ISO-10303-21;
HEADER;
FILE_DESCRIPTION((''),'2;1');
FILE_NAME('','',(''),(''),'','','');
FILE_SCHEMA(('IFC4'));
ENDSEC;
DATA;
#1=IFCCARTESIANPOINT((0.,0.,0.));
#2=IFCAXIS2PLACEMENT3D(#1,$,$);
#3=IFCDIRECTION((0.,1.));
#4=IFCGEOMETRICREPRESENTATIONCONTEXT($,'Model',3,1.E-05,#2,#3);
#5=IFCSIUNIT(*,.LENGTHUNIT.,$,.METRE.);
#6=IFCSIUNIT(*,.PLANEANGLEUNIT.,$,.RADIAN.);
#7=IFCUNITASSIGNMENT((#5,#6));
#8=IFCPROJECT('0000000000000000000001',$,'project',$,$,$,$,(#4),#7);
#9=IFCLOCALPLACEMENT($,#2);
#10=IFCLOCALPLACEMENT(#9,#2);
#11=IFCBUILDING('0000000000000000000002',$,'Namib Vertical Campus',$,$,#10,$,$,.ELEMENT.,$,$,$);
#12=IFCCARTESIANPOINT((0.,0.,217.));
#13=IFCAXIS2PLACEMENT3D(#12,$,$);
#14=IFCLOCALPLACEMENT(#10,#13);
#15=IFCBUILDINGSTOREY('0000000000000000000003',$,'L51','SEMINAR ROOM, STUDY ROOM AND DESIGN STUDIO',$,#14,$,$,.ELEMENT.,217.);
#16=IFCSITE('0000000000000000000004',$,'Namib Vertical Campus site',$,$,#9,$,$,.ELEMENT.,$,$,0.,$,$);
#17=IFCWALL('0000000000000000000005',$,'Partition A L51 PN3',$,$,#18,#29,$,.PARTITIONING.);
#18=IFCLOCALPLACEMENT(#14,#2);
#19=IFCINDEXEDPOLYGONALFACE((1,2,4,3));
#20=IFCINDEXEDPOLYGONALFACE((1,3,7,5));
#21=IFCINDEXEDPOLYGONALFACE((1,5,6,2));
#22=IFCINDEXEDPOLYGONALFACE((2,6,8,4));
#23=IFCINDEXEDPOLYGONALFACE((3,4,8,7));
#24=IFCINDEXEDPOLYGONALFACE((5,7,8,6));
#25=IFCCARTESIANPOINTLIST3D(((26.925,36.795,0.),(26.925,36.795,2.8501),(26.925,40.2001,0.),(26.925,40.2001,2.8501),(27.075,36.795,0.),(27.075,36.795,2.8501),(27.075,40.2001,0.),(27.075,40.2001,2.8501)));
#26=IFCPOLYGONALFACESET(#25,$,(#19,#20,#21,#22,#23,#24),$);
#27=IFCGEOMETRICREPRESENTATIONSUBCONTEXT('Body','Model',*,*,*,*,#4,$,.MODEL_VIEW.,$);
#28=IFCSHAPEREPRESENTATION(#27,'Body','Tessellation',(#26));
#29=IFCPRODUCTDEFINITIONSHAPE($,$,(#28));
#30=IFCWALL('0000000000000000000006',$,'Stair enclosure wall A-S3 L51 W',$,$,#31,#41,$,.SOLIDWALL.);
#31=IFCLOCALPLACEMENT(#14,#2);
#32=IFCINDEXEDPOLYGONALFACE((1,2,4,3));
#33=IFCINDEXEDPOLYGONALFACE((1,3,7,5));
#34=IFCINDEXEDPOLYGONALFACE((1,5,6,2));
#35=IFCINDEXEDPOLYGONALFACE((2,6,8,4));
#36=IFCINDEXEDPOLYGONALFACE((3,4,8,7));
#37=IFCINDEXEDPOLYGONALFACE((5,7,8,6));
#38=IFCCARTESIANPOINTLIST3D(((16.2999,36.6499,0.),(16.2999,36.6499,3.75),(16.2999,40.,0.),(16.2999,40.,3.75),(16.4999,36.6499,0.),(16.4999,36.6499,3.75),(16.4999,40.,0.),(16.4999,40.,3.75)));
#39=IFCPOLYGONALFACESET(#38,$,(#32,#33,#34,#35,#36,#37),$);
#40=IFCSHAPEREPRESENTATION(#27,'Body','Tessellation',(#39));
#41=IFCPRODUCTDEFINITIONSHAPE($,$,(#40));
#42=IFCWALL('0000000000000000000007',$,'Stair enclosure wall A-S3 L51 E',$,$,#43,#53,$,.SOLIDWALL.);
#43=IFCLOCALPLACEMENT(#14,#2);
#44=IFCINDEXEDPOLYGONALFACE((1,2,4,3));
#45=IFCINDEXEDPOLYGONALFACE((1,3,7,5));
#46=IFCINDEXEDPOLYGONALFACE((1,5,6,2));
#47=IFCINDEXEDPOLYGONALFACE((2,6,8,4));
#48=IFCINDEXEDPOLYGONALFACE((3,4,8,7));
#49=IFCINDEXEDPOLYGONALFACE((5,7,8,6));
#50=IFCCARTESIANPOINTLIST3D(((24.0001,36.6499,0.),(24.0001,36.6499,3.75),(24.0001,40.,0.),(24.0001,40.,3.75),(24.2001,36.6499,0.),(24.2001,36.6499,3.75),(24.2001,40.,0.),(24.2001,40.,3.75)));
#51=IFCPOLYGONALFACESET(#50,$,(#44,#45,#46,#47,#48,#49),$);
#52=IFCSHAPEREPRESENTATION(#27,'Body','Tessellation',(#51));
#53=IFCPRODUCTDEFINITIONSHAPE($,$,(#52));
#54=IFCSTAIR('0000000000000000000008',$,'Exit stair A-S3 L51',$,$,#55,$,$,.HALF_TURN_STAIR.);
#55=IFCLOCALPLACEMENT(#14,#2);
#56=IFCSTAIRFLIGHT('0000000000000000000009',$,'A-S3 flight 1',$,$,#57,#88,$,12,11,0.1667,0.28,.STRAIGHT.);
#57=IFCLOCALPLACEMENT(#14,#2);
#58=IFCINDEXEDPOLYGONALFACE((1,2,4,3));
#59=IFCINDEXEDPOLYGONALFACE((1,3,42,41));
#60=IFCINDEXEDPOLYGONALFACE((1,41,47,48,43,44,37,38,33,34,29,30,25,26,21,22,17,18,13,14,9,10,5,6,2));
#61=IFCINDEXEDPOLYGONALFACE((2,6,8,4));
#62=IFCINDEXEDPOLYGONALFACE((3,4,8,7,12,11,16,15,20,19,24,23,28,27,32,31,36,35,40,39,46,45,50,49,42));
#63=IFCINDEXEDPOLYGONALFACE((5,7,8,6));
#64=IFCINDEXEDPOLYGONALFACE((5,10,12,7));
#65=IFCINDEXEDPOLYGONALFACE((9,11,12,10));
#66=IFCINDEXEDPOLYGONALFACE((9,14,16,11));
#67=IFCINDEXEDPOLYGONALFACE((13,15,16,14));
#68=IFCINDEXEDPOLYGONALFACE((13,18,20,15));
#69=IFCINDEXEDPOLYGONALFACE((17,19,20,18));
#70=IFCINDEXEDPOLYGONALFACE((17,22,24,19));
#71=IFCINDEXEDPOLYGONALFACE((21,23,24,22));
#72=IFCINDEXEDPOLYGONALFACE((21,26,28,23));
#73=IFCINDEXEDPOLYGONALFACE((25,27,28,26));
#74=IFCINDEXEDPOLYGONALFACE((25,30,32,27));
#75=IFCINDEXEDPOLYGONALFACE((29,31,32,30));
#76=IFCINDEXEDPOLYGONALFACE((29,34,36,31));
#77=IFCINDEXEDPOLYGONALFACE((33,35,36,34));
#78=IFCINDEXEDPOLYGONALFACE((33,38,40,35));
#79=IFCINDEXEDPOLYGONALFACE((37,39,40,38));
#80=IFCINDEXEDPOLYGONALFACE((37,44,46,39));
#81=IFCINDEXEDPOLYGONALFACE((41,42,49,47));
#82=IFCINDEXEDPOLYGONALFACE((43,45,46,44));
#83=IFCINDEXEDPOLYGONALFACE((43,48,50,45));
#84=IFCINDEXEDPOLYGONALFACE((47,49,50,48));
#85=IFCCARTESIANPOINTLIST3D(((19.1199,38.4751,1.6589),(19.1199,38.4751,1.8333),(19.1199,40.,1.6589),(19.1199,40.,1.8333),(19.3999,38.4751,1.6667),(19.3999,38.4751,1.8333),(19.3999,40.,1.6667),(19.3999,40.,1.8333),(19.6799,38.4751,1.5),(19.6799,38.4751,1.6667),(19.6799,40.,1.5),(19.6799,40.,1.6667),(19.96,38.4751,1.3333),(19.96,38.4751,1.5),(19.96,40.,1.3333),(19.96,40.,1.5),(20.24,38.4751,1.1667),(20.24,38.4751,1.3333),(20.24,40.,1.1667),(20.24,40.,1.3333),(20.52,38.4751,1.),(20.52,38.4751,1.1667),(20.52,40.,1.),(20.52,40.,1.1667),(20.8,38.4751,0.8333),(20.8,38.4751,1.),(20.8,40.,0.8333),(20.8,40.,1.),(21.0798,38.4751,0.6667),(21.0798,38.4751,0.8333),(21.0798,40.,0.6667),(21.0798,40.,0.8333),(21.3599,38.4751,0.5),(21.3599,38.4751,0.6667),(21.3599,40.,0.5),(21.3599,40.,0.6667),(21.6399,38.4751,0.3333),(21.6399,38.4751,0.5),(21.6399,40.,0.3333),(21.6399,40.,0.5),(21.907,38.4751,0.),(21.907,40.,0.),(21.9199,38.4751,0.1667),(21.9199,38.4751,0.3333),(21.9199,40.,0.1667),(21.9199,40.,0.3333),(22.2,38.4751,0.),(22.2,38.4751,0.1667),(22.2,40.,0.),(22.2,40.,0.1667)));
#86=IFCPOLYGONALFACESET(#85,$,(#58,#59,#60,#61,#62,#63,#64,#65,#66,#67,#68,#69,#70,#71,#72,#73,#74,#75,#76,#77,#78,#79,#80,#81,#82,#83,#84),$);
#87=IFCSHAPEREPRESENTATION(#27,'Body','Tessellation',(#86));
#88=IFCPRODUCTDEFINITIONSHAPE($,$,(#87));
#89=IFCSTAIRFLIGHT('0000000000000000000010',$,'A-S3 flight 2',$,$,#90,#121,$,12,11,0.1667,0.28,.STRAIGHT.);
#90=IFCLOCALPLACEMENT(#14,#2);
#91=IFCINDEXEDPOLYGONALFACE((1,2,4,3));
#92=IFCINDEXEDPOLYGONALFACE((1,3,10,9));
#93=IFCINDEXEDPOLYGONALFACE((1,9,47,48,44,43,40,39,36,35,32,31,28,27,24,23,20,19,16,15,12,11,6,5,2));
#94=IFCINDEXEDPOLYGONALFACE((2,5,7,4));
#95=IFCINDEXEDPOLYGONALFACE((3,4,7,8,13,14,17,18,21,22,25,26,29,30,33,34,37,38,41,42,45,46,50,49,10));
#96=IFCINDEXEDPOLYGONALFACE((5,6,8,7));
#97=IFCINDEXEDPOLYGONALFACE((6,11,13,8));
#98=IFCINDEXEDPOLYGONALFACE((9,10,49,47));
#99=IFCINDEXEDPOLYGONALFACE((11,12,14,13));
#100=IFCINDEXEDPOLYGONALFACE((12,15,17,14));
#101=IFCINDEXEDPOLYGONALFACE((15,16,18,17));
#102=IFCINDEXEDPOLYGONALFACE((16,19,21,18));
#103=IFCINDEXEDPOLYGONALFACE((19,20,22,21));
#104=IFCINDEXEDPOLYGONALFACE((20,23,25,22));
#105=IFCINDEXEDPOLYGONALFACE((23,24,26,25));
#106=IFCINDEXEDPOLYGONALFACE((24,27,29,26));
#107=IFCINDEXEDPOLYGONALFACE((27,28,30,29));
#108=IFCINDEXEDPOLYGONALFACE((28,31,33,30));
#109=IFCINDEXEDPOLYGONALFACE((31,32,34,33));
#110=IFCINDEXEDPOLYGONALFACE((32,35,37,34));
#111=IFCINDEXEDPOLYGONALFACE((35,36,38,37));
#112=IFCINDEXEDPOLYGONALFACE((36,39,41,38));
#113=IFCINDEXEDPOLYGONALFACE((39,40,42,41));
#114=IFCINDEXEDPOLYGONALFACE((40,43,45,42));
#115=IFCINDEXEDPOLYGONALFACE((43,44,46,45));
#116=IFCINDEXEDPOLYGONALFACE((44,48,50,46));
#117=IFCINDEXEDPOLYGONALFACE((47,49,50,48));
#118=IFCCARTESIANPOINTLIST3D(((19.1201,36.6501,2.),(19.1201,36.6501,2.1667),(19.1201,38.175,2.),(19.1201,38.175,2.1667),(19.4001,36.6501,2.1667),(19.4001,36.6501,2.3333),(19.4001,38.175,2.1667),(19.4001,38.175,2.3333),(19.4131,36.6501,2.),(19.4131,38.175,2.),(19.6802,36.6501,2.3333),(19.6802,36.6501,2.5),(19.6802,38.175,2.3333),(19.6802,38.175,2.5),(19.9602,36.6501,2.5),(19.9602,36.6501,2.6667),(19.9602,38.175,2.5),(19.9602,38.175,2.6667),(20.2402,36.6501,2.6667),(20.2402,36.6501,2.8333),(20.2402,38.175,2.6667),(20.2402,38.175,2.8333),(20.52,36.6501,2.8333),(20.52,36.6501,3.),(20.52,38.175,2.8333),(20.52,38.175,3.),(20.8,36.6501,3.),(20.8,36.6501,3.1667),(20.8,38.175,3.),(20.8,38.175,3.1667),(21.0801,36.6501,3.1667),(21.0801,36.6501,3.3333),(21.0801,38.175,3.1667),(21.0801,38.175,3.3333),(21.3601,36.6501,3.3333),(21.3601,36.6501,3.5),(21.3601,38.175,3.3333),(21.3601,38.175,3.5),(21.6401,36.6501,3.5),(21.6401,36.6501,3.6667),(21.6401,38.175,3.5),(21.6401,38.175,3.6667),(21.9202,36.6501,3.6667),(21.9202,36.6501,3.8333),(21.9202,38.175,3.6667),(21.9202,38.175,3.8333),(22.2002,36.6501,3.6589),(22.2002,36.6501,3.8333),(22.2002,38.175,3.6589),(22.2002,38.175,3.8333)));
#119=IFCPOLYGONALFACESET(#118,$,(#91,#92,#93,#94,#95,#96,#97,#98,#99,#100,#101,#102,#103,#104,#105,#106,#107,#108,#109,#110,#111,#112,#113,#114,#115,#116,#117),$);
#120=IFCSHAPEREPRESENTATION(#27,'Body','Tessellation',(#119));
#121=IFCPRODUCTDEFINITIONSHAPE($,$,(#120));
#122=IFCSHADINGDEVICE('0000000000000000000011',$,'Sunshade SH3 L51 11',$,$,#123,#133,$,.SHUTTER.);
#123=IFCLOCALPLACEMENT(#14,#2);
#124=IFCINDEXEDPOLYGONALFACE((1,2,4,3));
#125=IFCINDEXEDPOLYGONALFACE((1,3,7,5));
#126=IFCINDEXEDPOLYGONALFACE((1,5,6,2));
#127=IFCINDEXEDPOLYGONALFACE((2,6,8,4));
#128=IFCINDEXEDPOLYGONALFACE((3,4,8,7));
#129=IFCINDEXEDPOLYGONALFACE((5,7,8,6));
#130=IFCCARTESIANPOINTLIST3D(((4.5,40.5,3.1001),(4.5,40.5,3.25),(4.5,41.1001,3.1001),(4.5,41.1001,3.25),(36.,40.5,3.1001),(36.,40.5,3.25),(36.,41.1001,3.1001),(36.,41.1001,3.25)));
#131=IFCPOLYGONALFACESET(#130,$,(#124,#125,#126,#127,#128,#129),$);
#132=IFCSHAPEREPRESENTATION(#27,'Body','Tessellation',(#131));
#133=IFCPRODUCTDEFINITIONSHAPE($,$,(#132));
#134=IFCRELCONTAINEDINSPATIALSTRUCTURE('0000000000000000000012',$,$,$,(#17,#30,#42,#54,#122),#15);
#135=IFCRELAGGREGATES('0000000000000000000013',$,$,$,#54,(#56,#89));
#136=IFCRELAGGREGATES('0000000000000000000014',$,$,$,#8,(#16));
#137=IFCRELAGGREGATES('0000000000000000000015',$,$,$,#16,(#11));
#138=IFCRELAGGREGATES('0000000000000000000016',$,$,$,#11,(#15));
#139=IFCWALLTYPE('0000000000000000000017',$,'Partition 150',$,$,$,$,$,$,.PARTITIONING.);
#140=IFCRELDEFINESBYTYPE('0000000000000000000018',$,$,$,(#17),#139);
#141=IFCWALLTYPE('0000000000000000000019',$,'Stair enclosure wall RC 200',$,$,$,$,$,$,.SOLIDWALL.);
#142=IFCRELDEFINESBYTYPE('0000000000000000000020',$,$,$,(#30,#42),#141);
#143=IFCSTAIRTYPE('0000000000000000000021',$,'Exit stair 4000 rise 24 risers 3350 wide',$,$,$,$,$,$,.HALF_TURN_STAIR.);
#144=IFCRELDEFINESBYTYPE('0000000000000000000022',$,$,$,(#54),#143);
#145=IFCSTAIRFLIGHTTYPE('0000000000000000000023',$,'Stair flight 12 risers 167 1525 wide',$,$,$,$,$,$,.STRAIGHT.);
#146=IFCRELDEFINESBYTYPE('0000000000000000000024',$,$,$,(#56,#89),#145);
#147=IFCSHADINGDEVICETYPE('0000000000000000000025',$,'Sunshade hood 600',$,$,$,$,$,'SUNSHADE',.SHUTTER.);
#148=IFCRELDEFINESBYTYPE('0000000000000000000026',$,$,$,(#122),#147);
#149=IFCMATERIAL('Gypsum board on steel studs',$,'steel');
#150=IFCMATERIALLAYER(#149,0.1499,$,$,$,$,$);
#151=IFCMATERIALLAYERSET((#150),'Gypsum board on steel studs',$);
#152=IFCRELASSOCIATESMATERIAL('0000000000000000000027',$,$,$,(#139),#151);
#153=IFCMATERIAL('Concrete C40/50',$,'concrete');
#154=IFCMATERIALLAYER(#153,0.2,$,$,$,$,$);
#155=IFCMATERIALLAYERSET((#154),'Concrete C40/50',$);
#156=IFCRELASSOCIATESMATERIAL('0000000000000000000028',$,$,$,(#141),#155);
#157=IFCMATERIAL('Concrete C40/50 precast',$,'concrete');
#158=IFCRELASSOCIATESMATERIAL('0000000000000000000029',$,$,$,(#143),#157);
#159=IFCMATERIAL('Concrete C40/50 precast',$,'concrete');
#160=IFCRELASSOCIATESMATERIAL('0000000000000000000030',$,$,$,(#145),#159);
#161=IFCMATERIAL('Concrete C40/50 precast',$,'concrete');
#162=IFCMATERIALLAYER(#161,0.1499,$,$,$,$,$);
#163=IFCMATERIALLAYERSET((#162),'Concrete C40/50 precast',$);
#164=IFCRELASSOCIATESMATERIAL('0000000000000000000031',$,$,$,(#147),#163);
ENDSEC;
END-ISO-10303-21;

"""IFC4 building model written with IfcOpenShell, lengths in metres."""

from ifc_helpers import new_model, si_unit, direction, frame, frame_2d, origin, origin_2d, place, context, subcontext, project, spatial, polyline, rectangle, outline, extrude, material, layer, layer_set, type_object, element, aggregate, save


model = new_model("IFC4")

# Units and contexts
model_context = context("Model", 3, precision=1e-05, world=origin(), true_north=direction((0.0, 1.0)))
body_context = subcontext(model_context, "Body", "Model", "MODEL_VIEW")
ifc_project = project(units=[si_unit("LENGTHUNIT", "METRE"), si_unit("PLANEANGLEUNIT", "RADIAN")], contexts=[model_context])

# Site, building, storey
site_placement = place(None, origin())
site = spatial("IfcSite", under=ifc_project, at=site_placement, Name="Namib Vertical Campus site", CompositionType="ELEMENT", RefElevation=0.0)
building_placement = place(site_placement, origin())
building = spatial("IfcBuilding", under=site, at=building_placement, Name="Namib Vertical Campus", CompositionType="ELEMENT")
storey_placement = place(building_placement, frame((0.0, 0.0, 217.0)))
storey = spatial("IfcBuildingStorey", under=building, at=storey_placement, Name="L51", Description="SEMINAR ROOM, STUDY ROOM AND DESIGN STUDIO", CompositionType="ELEMENT", Elevation=217.0)

# Walls
ifc_material_1 = material(Name="Gypsum board on steel studs", Category="steel")
ifc_layer_1 = layer(ifc_material_1, 0.1499)
ifc_layer_set_1 = layer_set([ifc_layer_1], Name="Gypsum board on steel studs")
wall_type_1 = type_object("IfcWallType", Name="Partition 150", PredefinedType="PARTITIONING", material=ifc_layer_set_1)
wall_1_placement = place(storey_placement, frame((27.0, 36.7949, 0.0), z_axis=(0.0, 0.0, 1.0), x_axis=(0.0, 1.0, 0.0)))
element("IfcWall", 1, at=wall_1_placement, inside=storey, type_object=wall_type_1, Name="Partition A L51 PN3", PredefinedType="PARTITIONING", context=body_context, shape_type="SweptSolid", body=[
    extrude(rectangle(XDim=3.405, YDim=0.1499, at=frame_2d((1.7026, 0.0))), origin(), (0.0, 0.0, 1.0), 2.8501),
])
ifc_material_2 = material(Name="Concrete C40/50", Category="concrete")
ifc_layer_2 = layer(ifc_material_2, 0.2)
ifc_layer_set_2 = layer_set([ifc_layer_2], Name="Concrete C40/50")
wall_type_2 = type_object("IfcWallType", Name="Stair enclosure wall RC 200", PredefinedType="SOLIDWALL", material=ifc_layer_set_2)
for number, where, z_axis, x_axis, name in (
    (2, (16.3999, 36.6499, 0.0), (0.0, 0.0, 1.0), (0.0, 1.0, 0.0), "Stair enclosure wall A-S3 L51 W"),
    (3, (24.1001, 36.6499, 0.0), (0.0, 0.0, 1.0), (0.0, 1.0, 0.0), "Stair enclosure wall A-S3 L51 E"),
):
    element("IfcWall", number, at=place(storey_placement, frame(where, z_axis=z_axis, x_axis=x_axis)), inside=storey, type_object=wall_type_2, Name=name, PredefinedType="SOLIDWALL", context=body_context, shape_type="SweptSolid", body=[
        extrude(rectangle(XDim=3.3501, YDim=0.2, at=frame_2d((1.675, 0.0))), origin(), (0.0, 0.0, 1.0), 3.75),
    ])

# Stair, stair flights
ifc_material_3 = material(Name="Concrete C40/50 precast", Category="concrete")
stair_type = type_object("IfcStairType", Name="Exit stair 4000 rise 24 risers 3350 wide", PredefinedType="HALF_TURN_STAIR", material=ifc_material_3)
stair_placement = place(storey_placement, origin())
stair = element("IfcStair", 4, at=stair_placement, inside=storey, type_object=stair_type, Name="Exit stair A-S3 L51", PredefinedType="HALF_TURN_STAIR")
ifc_material_4 = material(Name="Concrete C40/50 precast", Category="concrete")
stair_flight_type = type_object("IfcStairFlightType", Name="Stair flight 12 risers 167 1525 wide", PredefinedType="STRAIGHT", material=ifc_material_4)
stair_flight_1_placement = place(storey_placement, frame((22.2, 39.2375, 0.0), z_axis=(0.0, 0.0, 1.0), x_axis=(-1.0, 0.0, 0.0)))
stair_flight_1 = element("IfcStairFlight", 5, at=stair_flight_1_placement, type_object=stair_flight_type, Name="A-S3 flight 1", NumberOfRisers=12, NumberOfTreads=11, PredefinedType="STRAIGHT", RiserHeight=0.1667, TreadLength=0.28, context=body_context, shape_type="SweptSolid", body=[
    extrude(outline(polyline([(0.0, 0.0), (0.0, 0.1667), (0.28, 0.1667), (0.28, 0.3333), (0.5601, 0.3333), (0.5601, 0.5), (0.8401, 0.5), (0.8401, 0.6667), (1.1201, 0.6667), (1.1201, 0.8333), (1.3999, 0.8333), (1.3999, 1.0), (1.6799, 1.0), (1.6799, 1.1667), (1.96, 1.1667), (1.96, 1.3333), (2.24, 1.3333), (2.24, 1.5), (2.52, 1.5), (2.52, 1.6667), (2.8, 1.6667), (2.8, 1.8333), (3.0801, 1.8333), (3.0801, 2.0), (3.0801, 1.6589), (0.293, 0.0), (0.0, 0.0)])), frame((0.0, 0.7625, 0.0), z_axis=(0.0, -1.0, 0.0), x_axis=(1.0, 0.0, 0.0)), (0.0, 0.0, 1.0), 1.5249),
])
stair_flight_2_placement = place(storey_placement, frame((19.1201, 37.4126, 2.0), z_axis=(0.0, 0.0, 1.0), x_axis=(1.0, 0.0, 0.0)))
stair_flight_2 = element("IfcStairFlight", 6, at=stair_flight_2_placement, type_object=stair_flight_type, Name="A-S3 flight 2", NumberOfRisers=12, NumberOfTreads=11, PredefinedType="STRAIGHT", RiserHeight=0.1667, TreadLength=0.28, context=body_context, shape_type="SweptSolid", body=[
    extrude(outline(polyline([(0.0, 0.0), (0.0, 0.1667), (0.28, 0.1667), (0.28, 0.3333), (0.5601, 0.3333), (0.5601, 0.5), (0.8401, 0.5), (0.8401, 0.6667), (1.1201, 0.6667), (1.1201, 0.8333), (1.3999, 0.8333), (1.3999, 1.0), (1.6799, 1.0), (1.6799, 1.1667), (1.96, 1.1667), (1.96, 1.3333), (2.24, 1.3333), (2.24, 1.5), (2.52, 1.5), (2.52, 1.6667), (2.8, 1.6667), (2.8, 1.8333), (3.0801, 1.8333), (3.0801, 2.0), (3.0801, 1.6589), (0.293, 0.0), (0.0, 0.0)])), frame((0.0, 0.7625, 0.0), z_axis=(0.0, -1.0, 0.0), x_axis=(1.0, 0.0, 0.0)), (0.0, 0.0, 1.0), 1.5249),
])
aggregate(stair, [stair_flight_1, stair_flight_2])

# Shading device
ifc_material_5 = material(Name="Concrete C40/50 precast", Category="concrete")
ifc_layer_3 = layer(ifc_material_5, 0.1499)
ifc_layer_set_3 = layer_set([ifc_layer_3], Name="Concrete C40/50 precast")
shading_device_type = type_object("IfcShadingDeviceType", Name="Sunshade hood 600", ElementType="SUNSHADE", PredefinedType="SHUTTER", material=ifc_layer_set_3)
shading_device_placement = place(storey_placement, frame((20.25, 40.8, 3.1001), z_axis=(0.0, 0.0, 1.0), x_axis=(-1.0, 0.0, 0.0)))
element("IfcShadingDevice", 7, at=shading_device_placement, inside=storey, type_object=shading_device_type, Name="Sunshade SH3 L51 11", PredefinedType="SHUTTER", context=body_context, shape_type="SweptSolid", body=[
    extrude(rectangle(XDim=31.5, YDim=0.6001, at=origin_2d()), origin(), (0.0, 0.0, 1.0), 0.1499),
])

save(model, "model.ifc")
